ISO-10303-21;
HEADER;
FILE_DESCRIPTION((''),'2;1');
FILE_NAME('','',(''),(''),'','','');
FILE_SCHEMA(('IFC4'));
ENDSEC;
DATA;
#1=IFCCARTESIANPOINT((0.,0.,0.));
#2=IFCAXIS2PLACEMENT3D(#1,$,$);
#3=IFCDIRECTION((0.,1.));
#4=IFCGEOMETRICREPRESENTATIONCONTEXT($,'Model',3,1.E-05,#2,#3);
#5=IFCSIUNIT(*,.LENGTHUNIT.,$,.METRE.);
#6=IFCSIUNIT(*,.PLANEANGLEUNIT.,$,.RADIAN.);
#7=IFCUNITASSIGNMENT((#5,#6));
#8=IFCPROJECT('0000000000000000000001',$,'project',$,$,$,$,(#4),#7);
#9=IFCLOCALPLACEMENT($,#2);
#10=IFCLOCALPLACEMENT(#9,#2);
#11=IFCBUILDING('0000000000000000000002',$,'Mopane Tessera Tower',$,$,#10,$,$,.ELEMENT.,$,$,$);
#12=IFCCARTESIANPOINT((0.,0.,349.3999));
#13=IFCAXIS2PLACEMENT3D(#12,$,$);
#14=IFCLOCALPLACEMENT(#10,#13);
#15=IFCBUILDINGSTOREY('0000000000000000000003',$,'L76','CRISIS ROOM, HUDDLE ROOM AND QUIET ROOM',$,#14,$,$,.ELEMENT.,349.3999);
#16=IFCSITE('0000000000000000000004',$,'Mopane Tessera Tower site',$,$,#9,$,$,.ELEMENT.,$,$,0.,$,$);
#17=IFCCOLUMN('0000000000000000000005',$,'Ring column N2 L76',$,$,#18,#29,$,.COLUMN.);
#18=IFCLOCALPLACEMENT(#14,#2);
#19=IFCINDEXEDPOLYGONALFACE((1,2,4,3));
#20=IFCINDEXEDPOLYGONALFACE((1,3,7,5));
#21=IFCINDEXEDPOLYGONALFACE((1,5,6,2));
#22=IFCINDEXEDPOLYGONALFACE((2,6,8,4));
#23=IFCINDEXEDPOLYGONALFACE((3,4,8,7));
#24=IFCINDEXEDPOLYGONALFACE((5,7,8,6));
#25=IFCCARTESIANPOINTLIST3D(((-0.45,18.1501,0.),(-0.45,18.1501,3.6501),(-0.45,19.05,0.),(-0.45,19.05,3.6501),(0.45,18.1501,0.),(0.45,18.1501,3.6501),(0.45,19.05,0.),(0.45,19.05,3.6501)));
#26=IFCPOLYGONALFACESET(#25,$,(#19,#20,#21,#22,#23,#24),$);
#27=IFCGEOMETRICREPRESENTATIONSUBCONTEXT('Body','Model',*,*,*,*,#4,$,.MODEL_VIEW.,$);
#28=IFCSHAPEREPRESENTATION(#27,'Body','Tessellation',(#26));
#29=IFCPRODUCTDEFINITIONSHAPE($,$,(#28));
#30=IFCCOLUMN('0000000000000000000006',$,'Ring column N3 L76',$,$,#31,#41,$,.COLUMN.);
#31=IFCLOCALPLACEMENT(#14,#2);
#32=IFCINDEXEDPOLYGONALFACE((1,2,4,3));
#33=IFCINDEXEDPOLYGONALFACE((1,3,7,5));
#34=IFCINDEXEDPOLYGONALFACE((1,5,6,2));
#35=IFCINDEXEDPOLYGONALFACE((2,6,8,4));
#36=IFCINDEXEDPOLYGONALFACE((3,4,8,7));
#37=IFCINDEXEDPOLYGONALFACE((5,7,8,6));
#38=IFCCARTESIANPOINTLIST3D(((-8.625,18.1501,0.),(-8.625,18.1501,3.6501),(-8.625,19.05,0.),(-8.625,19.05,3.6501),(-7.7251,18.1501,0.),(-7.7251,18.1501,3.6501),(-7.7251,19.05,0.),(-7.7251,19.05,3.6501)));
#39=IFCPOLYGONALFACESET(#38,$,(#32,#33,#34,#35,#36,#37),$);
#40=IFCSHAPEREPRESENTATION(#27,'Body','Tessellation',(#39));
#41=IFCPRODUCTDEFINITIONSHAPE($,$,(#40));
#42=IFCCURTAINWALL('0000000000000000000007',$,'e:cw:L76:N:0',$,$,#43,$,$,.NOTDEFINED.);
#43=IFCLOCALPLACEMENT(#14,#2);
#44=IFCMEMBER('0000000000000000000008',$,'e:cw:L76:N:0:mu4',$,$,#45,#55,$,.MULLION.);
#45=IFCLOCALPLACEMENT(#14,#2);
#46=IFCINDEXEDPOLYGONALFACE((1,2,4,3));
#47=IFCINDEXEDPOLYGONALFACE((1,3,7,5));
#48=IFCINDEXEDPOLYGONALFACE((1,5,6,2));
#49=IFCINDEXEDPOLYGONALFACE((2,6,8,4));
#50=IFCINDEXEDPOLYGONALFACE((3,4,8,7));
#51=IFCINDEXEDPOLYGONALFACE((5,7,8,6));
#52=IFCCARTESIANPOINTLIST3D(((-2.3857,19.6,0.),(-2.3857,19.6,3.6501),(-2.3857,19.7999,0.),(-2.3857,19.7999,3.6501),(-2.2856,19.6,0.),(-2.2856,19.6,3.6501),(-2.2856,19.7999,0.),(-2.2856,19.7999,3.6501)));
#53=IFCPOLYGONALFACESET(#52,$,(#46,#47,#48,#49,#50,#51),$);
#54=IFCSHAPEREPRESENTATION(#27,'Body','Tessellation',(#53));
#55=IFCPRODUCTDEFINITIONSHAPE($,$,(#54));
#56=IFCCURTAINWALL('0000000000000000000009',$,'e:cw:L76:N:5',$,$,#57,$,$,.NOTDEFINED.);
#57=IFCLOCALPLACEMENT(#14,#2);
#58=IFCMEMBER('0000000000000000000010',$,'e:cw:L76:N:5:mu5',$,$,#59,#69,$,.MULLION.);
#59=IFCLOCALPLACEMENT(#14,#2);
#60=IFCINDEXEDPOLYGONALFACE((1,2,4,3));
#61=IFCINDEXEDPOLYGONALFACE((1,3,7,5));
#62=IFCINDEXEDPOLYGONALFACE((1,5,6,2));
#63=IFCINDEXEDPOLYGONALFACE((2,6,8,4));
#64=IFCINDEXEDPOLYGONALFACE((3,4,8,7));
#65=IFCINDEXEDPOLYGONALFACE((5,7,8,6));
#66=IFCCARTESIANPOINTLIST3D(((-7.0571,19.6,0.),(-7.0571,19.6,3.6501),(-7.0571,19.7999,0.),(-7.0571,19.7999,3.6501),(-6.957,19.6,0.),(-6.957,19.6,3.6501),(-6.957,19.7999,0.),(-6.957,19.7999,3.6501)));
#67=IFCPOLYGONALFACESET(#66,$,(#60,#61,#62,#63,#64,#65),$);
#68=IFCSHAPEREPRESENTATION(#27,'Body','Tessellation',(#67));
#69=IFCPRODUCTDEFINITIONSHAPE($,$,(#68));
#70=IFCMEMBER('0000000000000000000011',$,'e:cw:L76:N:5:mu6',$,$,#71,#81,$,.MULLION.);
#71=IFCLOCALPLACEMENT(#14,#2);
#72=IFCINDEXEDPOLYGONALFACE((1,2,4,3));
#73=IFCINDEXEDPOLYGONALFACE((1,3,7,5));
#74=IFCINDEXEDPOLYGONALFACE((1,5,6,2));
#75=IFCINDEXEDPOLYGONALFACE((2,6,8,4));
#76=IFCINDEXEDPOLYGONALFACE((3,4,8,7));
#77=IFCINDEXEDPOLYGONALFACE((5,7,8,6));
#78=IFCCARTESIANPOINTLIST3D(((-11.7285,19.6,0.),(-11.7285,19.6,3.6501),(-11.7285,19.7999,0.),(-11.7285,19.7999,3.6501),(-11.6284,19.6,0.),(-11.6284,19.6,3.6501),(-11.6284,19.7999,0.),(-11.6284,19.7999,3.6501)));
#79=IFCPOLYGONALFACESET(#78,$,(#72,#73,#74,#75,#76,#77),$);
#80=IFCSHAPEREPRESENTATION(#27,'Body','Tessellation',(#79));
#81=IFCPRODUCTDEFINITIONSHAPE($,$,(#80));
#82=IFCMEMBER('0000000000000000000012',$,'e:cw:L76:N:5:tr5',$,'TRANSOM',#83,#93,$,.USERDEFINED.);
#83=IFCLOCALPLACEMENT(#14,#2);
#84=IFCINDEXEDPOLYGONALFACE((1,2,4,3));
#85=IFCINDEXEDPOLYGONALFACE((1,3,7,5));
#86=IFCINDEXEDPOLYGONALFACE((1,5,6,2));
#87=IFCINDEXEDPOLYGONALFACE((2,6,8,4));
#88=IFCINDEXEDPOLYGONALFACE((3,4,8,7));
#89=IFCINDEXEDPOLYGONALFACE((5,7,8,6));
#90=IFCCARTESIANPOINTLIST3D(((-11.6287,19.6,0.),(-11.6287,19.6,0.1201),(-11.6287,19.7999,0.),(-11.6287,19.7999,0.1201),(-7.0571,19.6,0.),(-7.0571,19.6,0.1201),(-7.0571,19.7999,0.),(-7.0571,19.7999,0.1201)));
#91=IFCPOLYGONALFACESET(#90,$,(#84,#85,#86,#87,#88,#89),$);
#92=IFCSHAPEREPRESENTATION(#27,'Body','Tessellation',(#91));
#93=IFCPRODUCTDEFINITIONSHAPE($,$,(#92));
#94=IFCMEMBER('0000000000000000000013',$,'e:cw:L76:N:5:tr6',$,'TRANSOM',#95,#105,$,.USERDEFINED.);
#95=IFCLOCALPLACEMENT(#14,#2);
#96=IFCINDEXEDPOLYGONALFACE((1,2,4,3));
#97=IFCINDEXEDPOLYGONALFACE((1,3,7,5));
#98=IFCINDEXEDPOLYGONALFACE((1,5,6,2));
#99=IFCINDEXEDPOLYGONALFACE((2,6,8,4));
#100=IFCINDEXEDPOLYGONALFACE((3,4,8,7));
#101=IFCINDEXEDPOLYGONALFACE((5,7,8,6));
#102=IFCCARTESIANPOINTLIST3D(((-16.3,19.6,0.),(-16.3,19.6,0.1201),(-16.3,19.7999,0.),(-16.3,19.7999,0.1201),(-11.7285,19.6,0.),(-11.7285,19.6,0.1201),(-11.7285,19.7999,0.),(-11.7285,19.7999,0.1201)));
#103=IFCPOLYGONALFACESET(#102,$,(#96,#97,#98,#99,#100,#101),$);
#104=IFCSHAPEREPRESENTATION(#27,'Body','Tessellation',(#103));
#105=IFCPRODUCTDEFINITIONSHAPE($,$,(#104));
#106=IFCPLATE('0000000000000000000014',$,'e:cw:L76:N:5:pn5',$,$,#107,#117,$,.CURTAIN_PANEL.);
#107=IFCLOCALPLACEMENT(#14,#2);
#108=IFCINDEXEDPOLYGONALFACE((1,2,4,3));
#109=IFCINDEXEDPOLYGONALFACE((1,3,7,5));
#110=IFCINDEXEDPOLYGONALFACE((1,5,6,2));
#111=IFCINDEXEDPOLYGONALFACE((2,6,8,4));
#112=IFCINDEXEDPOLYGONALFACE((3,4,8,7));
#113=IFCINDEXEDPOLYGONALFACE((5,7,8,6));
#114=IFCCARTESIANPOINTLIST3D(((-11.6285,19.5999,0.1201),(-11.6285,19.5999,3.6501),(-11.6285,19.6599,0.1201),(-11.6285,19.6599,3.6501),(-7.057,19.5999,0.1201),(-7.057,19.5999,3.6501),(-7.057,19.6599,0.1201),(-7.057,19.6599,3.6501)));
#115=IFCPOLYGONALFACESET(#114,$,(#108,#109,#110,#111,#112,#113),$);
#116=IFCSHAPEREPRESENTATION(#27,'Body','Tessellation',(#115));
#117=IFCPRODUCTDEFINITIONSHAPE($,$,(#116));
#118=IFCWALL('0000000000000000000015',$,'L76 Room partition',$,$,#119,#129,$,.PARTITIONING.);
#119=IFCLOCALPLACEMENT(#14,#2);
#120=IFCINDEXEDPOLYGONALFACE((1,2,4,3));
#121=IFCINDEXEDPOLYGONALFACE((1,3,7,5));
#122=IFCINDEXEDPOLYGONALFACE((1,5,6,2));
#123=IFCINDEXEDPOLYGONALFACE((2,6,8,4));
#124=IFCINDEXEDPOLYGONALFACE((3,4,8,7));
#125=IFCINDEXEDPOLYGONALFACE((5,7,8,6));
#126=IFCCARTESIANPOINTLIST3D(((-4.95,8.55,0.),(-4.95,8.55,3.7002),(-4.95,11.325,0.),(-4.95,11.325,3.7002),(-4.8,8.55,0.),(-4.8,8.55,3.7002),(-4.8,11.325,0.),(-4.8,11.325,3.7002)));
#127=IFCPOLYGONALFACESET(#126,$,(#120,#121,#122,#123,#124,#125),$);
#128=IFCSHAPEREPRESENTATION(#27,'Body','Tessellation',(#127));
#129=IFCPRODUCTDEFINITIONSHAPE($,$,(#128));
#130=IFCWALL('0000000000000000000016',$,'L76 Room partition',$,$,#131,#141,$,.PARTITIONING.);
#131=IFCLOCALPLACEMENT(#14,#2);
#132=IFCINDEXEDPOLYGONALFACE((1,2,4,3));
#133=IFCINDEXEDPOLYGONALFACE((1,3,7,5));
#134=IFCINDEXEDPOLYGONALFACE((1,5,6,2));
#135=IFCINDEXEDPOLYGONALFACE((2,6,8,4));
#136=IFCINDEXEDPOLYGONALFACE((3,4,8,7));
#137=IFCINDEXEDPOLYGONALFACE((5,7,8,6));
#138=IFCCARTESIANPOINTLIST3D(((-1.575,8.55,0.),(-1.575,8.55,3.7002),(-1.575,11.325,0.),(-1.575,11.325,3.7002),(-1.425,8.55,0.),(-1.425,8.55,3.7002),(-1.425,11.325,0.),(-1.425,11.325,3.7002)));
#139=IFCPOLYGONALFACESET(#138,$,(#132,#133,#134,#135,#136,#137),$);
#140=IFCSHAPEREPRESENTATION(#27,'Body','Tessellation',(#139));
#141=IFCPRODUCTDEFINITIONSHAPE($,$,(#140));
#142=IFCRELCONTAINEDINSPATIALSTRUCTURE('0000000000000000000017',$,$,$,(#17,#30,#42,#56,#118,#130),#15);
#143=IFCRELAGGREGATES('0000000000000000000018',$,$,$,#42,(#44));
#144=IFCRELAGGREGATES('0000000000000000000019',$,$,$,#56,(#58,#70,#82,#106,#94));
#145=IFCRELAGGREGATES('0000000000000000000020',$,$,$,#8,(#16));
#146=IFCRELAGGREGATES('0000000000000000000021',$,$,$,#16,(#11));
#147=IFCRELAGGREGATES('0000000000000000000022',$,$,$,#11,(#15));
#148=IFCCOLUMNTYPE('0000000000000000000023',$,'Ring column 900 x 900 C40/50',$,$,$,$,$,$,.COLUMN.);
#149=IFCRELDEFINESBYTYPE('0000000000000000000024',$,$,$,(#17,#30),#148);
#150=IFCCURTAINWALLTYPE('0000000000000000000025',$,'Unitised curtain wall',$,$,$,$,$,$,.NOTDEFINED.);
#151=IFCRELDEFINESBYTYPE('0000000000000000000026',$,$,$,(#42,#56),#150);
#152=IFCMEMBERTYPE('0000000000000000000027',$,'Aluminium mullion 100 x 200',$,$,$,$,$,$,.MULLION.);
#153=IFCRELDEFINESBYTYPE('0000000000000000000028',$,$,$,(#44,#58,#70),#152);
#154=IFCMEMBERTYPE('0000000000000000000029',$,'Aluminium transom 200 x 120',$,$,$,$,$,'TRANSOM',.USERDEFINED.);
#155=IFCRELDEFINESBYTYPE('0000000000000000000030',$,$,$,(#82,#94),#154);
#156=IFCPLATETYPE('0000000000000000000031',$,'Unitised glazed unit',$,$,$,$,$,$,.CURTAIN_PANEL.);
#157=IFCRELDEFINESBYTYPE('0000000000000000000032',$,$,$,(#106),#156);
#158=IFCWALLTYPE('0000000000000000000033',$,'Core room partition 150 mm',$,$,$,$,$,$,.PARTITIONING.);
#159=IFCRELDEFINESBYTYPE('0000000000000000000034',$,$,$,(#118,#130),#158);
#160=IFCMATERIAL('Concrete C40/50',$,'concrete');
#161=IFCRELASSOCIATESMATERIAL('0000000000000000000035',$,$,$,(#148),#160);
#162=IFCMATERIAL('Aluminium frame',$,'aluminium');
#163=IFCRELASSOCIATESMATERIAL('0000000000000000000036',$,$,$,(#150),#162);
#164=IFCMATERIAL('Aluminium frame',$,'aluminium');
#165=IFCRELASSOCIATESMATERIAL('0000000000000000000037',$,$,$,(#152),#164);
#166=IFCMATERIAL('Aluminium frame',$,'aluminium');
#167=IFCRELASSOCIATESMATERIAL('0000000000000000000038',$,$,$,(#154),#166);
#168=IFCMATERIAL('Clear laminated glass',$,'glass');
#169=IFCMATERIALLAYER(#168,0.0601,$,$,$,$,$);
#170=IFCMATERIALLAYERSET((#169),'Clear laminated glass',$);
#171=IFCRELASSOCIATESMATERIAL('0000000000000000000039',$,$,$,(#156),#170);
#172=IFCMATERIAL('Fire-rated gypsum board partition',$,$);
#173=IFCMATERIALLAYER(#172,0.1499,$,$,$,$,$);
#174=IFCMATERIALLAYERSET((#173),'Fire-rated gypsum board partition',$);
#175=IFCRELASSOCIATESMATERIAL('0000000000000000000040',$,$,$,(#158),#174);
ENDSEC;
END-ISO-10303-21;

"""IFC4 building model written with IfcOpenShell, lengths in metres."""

from ifc_helpers import new_model, si_unit, direction, frame, frame_2d, origin, origin_2d, place, context, subcontext, project, spatial, rectangle, extrude, material, layer, layer_set, material_profile, profile_set, type_object, element, aggregate, save


model = new_model("IFC4")

# Units and contexts
model_context = context("Model", 3, precision=1e-05, world=origin(), true_north=direction((0.0, 1.0)))
body_context = subcontext(model_context, "Body", "Model", "MODEL_VIEW")
ifc_project = project(units=[si_unit("LENGTHUNIT", "METRE"), si_unit("PLANEANGLEUNIT", "RADIAN")], contexts=[model_context])

# Site, building, storey
site_placement = place(None, origin())
site = spatial("IfcSite", under=ifc_project, at=site_placement, Name="Mopane Tessera Tower site", CompositionType="ELEMENT", RefElevation=0.0)
building_placement = place(site_placement, origin())
building = spatial("IfcBuilding", under=site, at=building_placement, Name="Mopane Tessera Tower", CompositionType="ELEMENT")
storey_placement = place(building_placement, frame((0.0, 0.0, 349.3999)))
storey = spatial("IfcBuildingStorey", under=building, at=storey_placement, Name="L76", Description="CRISIS ROOM, HUDDLE ROOM AND QUIET ROOM", CompositionType="ELEMENT", Elevation=349.3999)

# Columns
ifc_material_1 = material(Name="Concrete C40/50", Category="concrete")
ifc_material_profile_1 = material_profile(ifc_material_1, rectangle(XDim=0.8999, YDim=0.8999, at=origin_2d()))
ifc_profile_set_1 = profile_set([ifc_material_profile_1], Name="Concrete C40/50")
column_type = type_object("IfcColumnType", Name="Ring column 900 x 900 C40/50", PredefinedType="COLUMN", material=ifc_profile_set_1)
for number, where, z_axis, x_axis, name in (
    (1, (0.0, 18.6001, 0.0), (0.0, 0.0, 1.0), (1.0, 0.0, 0.0), "Ring column N2 L76"),
    (2, (-8.175, 18.6001, 0.0), (0.0, 0.0, 1.0), (1.0, 0.0, 0.0), "Ring column N3 L76"),
):
    element("IfcColumn", number, at=place(storey_placement, frame(where, z_axis=z_axis, x_axis=x_axis)), inside=storey, type_object=column_type, Name=name, PredefinedType="COLUMN", context=body_context, shape_type="SweptSolid", body=[
        extrude(rectangle(XDim=0.8999, YDim=0.8999, at=origin_2d()), origin(), (0.0, 0.0, 1.0), 3.6501),
    ])

# Curtain wall, member
ifc_material_2 = material(Name="Aluminium frame", Category="aluminium")
curtain_wall_type = type_object("IfcCurtainWallType", Name="Unitised curtain wall", PredefinedType="NOTDEFINED", material=ifc_material_2)
curtain_wall_1_placement = place(storey_placement, origin())
curtain_wall_1 = element("IfcCurtainWall", 3, at=curtain_wall_1_placement, inside=storey, type_object=curtain_wall_type, Name="e:cw:L76:N:0", PredefinedType="NOTDEFINED")
ifc_material_3 = material(Name="Aluminium frame", Category="aluminium")
ifc_material_profile_2 = material_profile(ifc_material_3, rectangle(XDim=0.1001, YDim=0.2, at=origin_2d()))
ifc_profile_set_2 = profile_set([ifc_material_profile_2], Name="Aluminium frame")
member_type_1 = type_object("IfcMemberType", Name="Aluminium mullion 100 x 200", PredefinedType="MULLION", material=ifc_profile_set_2)
member_1_placement = place(storey_placement, frame((-2.3357, 19.7, 0.0), z_axis=(0.0, 0.0, 1.0), x_axis=(-1.0, 0.0, 0.0)))
member_1 = element("IfcMember", 4, at=member_1_placement, type_object=member_type_1, Name="e:cw:L76:N:0:mu4", PredefinedType="MULLION", context=body_context, shape_type="SweptSolid", body=[
    extrude(rectangle(XDim=0.1001, YDim=0.2, at=origin_2d()), origin(), (0.0, 0.0, 1.0), 3.6501),
])
aggregate(curtain_wall_1, [member_1])

# Curtain wall, members, plate
curtain_wall_2_placement = place(storey_placement, origin())
curtain_wall_2 = element("IfcCurtainWall", 5, at=curtain_wall_2_placement, inside=storey, type_object=curtain_wall_type, Name="e:cw:L76:N:5", PredefinedType="NOTDEFINED")
member_2_placement = place(storey_placement, frame((-7.0071, 19.7, 0.0), z_axis=(0.0, 0.0, 1.0), x_axis=(-1.0, 0.0, 0.0)))
member_2 = element("IfcMember", 6, at=member_2_placement, type_object=member_type_1, Name="e:cw:L76:N:5:mu5", PredefinedType="MULLION", context=body_context, shape_type="SweptSolid", body=[
    extrude(rectangle(XDim=0.1001, YDim=0.2, at=origin_2d()), origin(), (0.0, 0.0, 1.0), 3.6501),
])
member_3_placement = place(storey_placement, frame((-11.6785, 19.7, 0.0), z_axis=(0.0, 0.0, 1.0), x_axis=(-1.0, 0.0, 0.0)))
member_3 = element("IfcMember", 7, at=member_3_placement, type_object=member_type_1, Name="e:cw:L76:N:5:mu6", PredefinedType="MULLION", context=body_context, shape_type="SweptSolid", body=[
    extrude(rectangle(XDim=0.1001, YDim=0.2, at=origin_2d()), origin(), (0.0, 0.0, 1.0), 3.6501),
])
ifc_material_4 = material(Name="Aluminium frame", Category="aluminium")
ifc_material_profile_3 = material_profile(ifc_material_4, rectangle(XDim=0.2, YDim=0.1201, at=origin_2d()))
ifc_profile_set_3 = profile_set([ifc_material_profile_3], Name="Aluminium frame")
member_type_2 = type_object("IfcMemberType", Name="Aluminium transom 200 x 120", ElementType="TRANSOM", PredefinedType="USERDEFINED", material=ifc_profile_set_3)
member_4_placement = place(storey_placement, frame((-7.0571, 19.7, 0.0601), z_axis=(-1.0, 0.0, 0.0), x_axis=(0.0, -1.0, 0.0)))
member_4 = element("IfcMember", 8, at=member_4_placement, type_object=member_type_2, Name="e:cw:L76:N:5:tr5", ObjectType="TRANSOM", PredefinedType="USERDEFINED", context=body_context, shape_type="SweptSolid", body=[
    extrude(rectangle(XDim=0.2, YDim=0.1201, at=origin_2d()), origin(), (0.0, 0.0, 1.0), 4.5715),
])
member_5_placement = place(storey_placement, frame((-11.7285, 19.7, 0.0601), z_axis=(-1.0, 0.0, 0.0), x_axis=(0.0, -1.0, 0.0)))
member_5 = element("IfcMember", 9, at=member_5_placement, type_object=member_type_2, Name="e:cw:L76:N:5:tr6", ObjectType="TRANSOM", PredefinedType="USERDEFINED", context=body_context, shape_type="SweptSolid", body=[
    extrude(rectangle(XDim=0.2, YDim=0.1201, at=origin_2d()), origin(), (0.0, 0.0, 1.0), 4.5715),
])
ifc_material_5 = material(Name="Clear laminated glass", Category="glass")
ifc_layer_1 = layer(ifc_material_5, 0.0601)
ifc_layer_set_1 = layer_set([ifc_layer_1], Name="Clear laminated glass")
plate_type = type_object("IfcPlateType", Name="Unitised glazed unit", PredefinedType="CURTAIN_PANEL", material=ifc_layer_set_1)
plate_placement = place(storey_placement, frame((-9.3428, 19.6299, 0.1201), z_axis=(0.0, 0.0, 1.0), x_axis=(-1.0, 0.0, 0.0)))
plate = element("IfcPlate", 10, at=plate_placement, type_object=plate_type, Name="e:cw:L76:N:5:pn5", PredefinedType="CURTAIN_PANEL", context=body_context, shape_type="SweptSolid", body=[
    extrude(rectangle(XDim=4.5715, YDim=0.0601, at=origin_2d()), origin(), (0.0, 0.0, 1.0), 3.53),
])
aggregate(curtain_wall_2, [member_2, member_3, member_4, plate, member_5])

# Walls
ifc_material_6 = material(Name="Fire-rated gypsum board partition")
ifc_layer_2 = layer(ifc_material_6, 0.1499)
ifc_layer_set_2 = layer_set([ifc_layer_2], Name="Fire-rated gypsum board partition")
wall_type_1 = type_object("IfcWallType", Name="Core room partition 150 mm", PredefinedType="PARTITIONING", material=ifc_layer_set_2)
for number, where, z_axis, x_axis, name in (
    (11, (-4.875, 8.55, 0.0), (0.0, 0.0, 1.0), (0.0, 1.0, 0.0), "L76 Room partition"),
    (12, (-1.5, 8.55, 0.0), (0.0, 0.0, 1.0), (0.0, 1.0, 0.0), "L76 Room partition"),
):
    element("IfcWall", number, at=place(storey_placement, frame(where, z_axis=z_axis, x_axis=x_axis)), inside=storey, type_object=wall_type_1, Name=name, PredefinedType="PARTITIONING", context=body_context, shape_type="SweptSolid", body=[
        extrude(rectangle(XDim=2.7749, YDim=0.1499, at=frame_2d((1.3875, 0.0))), origin(), (0.0, 0.0, 1.0), 3.7002),
    ])

save(model, "model.ifc")
